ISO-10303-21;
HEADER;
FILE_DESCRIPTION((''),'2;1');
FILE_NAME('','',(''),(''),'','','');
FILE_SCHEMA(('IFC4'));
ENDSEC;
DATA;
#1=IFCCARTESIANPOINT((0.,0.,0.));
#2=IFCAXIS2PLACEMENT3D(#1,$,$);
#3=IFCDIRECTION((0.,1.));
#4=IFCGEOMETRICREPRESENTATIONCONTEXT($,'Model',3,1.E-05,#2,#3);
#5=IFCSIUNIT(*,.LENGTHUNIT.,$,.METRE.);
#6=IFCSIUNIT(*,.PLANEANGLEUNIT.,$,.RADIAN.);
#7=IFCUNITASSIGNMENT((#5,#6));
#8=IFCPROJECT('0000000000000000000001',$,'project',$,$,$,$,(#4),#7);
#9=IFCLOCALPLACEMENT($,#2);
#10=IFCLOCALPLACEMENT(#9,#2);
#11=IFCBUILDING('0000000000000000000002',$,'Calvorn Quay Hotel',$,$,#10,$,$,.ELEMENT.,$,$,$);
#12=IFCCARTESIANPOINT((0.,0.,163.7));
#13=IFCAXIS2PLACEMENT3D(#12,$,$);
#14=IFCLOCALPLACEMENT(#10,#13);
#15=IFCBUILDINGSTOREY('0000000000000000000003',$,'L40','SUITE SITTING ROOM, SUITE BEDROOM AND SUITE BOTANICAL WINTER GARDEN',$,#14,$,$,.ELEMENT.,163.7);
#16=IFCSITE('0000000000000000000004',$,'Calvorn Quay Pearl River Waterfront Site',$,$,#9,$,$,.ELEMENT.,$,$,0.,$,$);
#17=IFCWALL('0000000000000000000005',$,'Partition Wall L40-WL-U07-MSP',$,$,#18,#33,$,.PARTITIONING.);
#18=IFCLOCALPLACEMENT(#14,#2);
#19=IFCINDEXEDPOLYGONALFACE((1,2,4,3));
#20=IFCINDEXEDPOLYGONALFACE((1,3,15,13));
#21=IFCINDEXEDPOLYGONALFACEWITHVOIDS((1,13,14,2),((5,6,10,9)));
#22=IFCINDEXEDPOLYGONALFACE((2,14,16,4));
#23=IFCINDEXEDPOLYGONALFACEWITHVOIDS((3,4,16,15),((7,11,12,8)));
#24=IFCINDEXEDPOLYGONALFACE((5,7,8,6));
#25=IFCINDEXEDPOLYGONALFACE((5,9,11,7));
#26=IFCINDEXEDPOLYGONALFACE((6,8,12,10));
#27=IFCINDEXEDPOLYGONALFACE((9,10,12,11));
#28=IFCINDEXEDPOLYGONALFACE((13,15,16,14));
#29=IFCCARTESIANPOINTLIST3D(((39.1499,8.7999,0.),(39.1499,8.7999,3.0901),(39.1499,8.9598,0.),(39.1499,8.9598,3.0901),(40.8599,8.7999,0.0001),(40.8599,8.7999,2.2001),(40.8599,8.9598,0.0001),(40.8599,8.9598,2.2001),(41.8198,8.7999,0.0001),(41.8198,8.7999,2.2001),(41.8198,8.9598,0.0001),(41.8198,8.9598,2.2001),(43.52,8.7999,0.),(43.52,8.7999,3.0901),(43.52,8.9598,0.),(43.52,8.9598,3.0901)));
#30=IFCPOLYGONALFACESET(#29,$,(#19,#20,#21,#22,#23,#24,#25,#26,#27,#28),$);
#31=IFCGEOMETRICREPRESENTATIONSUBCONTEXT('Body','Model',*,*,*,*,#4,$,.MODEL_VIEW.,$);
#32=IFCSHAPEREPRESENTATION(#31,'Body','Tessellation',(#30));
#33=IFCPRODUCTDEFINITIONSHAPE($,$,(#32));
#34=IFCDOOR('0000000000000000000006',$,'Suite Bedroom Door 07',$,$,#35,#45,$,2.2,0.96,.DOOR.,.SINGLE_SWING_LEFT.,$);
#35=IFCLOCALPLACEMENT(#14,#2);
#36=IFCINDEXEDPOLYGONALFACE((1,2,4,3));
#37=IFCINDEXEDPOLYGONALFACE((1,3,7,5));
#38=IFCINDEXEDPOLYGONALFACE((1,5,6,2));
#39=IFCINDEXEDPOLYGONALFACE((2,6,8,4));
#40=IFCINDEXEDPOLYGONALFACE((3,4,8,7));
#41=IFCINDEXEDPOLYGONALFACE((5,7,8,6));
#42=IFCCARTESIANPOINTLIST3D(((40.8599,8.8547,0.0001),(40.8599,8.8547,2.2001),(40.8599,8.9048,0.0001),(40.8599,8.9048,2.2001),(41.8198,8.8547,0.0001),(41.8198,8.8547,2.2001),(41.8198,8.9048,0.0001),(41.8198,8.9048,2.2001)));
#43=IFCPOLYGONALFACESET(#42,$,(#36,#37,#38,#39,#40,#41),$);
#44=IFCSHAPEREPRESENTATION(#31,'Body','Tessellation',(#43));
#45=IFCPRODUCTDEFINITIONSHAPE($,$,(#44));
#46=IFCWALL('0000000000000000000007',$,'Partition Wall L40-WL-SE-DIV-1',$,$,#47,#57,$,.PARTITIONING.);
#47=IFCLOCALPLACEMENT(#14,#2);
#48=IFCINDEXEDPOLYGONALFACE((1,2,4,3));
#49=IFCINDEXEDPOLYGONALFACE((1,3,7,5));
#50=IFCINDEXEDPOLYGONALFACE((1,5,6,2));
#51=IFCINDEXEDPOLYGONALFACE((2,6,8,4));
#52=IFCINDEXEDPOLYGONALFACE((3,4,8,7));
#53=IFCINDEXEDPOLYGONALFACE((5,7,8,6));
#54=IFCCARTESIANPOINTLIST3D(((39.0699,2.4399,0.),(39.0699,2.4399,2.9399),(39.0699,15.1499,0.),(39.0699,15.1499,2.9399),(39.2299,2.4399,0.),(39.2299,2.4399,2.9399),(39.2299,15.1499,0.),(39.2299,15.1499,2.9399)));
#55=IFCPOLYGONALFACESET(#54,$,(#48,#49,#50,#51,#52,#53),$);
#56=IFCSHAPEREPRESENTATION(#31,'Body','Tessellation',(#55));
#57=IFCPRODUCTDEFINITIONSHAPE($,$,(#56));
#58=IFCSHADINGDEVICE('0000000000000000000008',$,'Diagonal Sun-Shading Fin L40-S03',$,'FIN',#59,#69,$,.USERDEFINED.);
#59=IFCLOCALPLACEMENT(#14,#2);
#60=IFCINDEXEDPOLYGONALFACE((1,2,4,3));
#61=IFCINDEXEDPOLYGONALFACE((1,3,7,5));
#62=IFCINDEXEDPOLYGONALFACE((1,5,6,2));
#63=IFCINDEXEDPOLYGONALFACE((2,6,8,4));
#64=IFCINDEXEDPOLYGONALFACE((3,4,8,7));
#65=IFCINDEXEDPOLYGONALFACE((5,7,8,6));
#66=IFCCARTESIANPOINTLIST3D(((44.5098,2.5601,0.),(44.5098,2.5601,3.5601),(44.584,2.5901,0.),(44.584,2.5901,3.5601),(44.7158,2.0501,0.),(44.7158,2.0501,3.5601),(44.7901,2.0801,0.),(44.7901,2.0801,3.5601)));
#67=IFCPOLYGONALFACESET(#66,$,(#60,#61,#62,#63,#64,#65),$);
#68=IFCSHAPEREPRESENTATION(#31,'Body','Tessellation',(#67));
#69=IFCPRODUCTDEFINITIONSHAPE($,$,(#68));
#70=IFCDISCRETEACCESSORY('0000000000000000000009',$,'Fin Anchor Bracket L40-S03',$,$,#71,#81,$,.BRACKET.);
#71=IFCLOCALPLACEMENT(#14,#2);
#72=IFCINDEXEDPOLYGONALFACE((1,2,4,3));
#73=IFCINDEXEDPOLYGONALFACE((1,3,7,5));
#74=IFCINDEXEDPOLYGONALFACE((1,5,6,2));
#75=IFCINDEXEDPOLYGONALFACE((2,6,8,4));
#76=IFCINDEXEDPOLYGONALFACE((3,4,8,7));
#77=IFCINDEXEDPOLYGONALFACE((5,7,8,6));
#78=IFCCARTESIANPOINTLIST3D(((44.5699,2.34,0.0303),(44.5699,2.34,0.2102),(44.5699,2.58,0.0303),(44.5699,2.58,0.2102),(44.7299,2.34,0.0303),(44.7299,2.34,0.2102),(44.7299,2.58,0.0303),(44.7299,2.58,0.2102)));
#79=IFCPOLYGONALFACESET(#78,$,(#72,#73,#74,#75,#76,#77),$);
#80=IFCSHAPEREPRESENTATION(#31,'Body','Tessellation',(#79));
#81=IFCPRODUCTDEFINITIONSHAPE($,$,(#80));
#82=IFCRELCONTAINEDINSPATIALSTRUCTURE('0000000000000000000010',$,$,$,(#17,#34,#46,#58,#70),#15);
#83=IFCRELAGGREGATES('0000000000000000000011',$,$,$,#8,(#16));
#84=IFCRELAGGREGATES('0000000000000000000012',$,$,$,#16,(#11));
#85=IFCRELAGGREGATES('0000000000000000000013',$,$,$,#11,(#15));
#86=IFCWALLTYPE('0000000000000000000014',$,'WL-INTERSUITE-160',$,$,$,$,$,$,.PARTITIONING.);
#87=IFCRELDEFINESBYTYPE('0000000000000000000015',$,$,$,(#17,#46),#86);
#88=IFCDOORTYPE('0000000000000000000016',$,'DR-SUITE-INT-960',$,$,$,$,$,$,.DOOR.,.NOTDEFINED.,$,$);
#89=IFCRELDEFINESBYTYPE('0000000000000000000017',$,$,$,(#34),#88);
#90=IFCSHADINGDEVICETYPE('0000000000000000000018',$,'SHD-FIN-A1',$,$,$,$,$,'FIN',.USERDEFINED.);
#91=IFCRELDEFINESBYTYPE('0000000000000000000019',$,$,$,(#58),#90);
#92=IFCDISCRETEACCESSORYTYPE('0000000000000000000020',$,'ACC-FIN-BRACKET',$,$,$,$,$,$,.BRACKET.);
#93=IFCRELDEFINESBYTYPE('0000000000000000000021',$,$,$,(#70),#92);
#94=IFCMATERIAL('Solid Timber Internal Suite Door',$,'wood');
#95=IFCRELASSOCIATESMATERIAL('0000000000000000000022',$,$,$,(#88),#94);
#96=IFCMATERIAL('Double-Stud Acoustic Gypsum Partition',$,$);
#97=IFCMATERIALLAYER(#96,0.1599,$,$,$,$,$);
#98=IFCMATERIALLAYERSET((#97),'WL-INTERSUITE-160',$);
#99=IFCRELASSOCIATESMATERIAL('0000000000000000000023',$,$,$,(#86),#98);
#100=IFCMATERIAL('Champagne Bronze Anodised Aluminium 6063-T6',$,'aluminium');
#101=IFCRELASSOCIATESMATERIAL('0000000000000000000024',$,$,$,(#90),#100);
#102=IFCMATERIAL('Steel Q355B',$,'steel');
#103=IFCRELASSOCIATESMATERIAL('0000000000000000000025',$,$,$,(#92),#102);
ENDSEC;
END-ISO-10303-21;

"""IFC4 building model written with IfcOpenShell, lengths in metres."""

from ifc_helpers import new_model, si_unit, direction, frame, frame_2d, origin, origin_2d, place, context, subcontext, project, spatial, rectangle, extrude, material, layer, layer_set, type_object, element, fill, save


model = new_model("IFC4")

# Units and contexts
model_context = context("Model", 3, precision=1e-05, world=origin(), true_north=direction((0.0, 1.0)))
body_context = subcontext(model_context, "Body", "Model", "MODEL_VIEW")
ifc_project = project(units=[si_unit("LENGTHUNIT", "METRE"), si_unit("PLANEANGLEUNIT", "RADIAN")], contexts=[model_context])

# Site, building, storey
site_placement = place(None, origin())
site = spatial("IfcSite", under=ifc_project, at=site_placement, Name="Calvorn Quay Pearl River Waterfront Site", CompositionType="ELEMENT", RefElevation=0.0)
building_placement = place(site_placement, origin())
building = spatial("IfcBuilding", under=site, at=building_placement, Name="Calvorn Quay Hotel", CompositionType="ELEMENT")
storey_placement = place(building_placement, frame((0.0, 0.0, 163.7)))
storey = spatial("IfcBuildingStorey", under=building, at=storey_placement, Name="L40", Description="SUITE SITTING ROOM, SUITE BEDROOM AND SUITE BOTANICAL WINTER GARDEN", CompositionType="ELEMENT", Elevation=163.7)

# Shared definitions
ifc_material_1 = material(Name="Solid Timber Internal Suite Door", Category="wood")
door_type_1 = type_object("IfcDoorType", Name="DR-SUITE-INT-960", OperationType="NOTDEFINED", PredefinedType="DOOR", material=ifc_material_1)

# Wall, opening, door
ifc_material_2 = material(Name="Double-Stud Acoustic Gypsum Partition")
ifc_layer_1 = layer(ifc_material_2, 0.1599)
ifc_layer_set_1 = layer_set([ifc_layer_1], Name="WL-INTERSUITE-160")
wall_type_1 = type_object("IfcWallType", Name="WL-INTERSUITE-160", PredefinedType="PARTITIONING", material=ifc_layer_set_1)
wall_1_placement = place(storey_placement, frame((39.1499, 8.8799, 0.0), z_axis=(0.0, 0.0, 1.0), x_axis=(1.0, 0.0, 0.0)))
wall_1 = element("IfcWall", 1, at=wall_1_placement, inside=storey, type_object=wall_type_1, Name="Partition Wall L40-WL-U07-MSP", PredefinedType="PARTITIONING", context=body_context, shape_type="SweptSolid", body=[
    extrude(rectangle(XDim=4.3701, YDim=0.1599, at=frame_2d((2.1851, 0.0))), origin(), (0.0, 0.0, 1.0), 3.0901),
])
opening_1_placement = place(wall_1_placement, frame((1.71, 0.0, 0.0)))
opening_1 = element("IfcOpeningElement", 2, at=opening_1_placement, cuts=wall_1, PredefinedType="OPENING", context=body_context, shape_type="SweptSolid", body=[
    extrude(rectangle(XDim=0.96, YDim=2.2, at=frame_2d((0.48, 1.1001))), frame((0.0, 0.0898, 0.0), z_axis=(0.0, -1.0, 0.0), x_axis=(1.0, 0.0, 0.0)), (0.0, 0.0, 1.0), 0.1799),
])
door_1_placement = place(opening_1_placement, origin())
door_1 = element("IfcDoor", 3, at=door_1_placement, inside=storey, type_object=door_type_1, Name="Suite Bedroom Door 07", OperationType="SINGLE_SWING_LEFT", OverallHeight=2.2, OverallWidth=0.96, PredefinedType="DOOR", context=body_context, shape_type="SweptSolid", body=[
    extrude(rectangle(XDim=0.96, YDim=2.2, at=frame_2d((0.48, 1.1001))), frame((0.0, 0.0249, 0.0), z_axis=(0.0, -1.0, 0.0), x_axis=(1.0, 0.0, 0.0)), (0.0, 0.0, 1.0), 0.05),
])
fill(opening_1, door_1)

# Wall
wall_2_placement = place(storey_placement, frame((39.1499, 2.4399, 0.0), z_axis=(0.0, 0.0, 1.0), x_axis=(0.0, 1.0, 0.0)))
element("IfcWall", 4, at=wall_2_placement, inside=storey, type_object=wall_type_1, Name="Partition Wall L40-WL-SE-DIV-1", PredefinedType="PARTITIONING", context=body_context, shape_type="SweptSolid", body=[
    extrude(rectangle(XDim=12.71, YDim=0.1599, at=frame_2d((6.355, 0.0))), origin(), (0.0, 0.0, 1.0), 2.9399),
])

# Shading device
ifc_material_3 = material(Name="Champagne Bronze Anodised Aluminium 6063-T6", Category="aluminium")
shading_device_type = type_object("IfcShadingDeviceType", Name="SHD-FIN-A1", ElementType="FIN", PredefinedType="USERDEFINED", material=ifc_material_3)
shading_device_placement = place(storey_placement, frame((44.6499, 2.3201, 0.0), z_axis=(0.0, 0.0, 1.0), x_axis=(-0.374607, 0.927184, 0.0)))
element("IfcShadingDevice", 5, at=shading_device_placement, inside=storey, type_object=shading_device_type, Name="Diagonal Sun-Shading Fin L40-S03", ObjectType="FIN", PredefinedType="USERDEFINED", context=body_context, shape_type="SweptSolid", body=[
    extrude(rectangle(XDim=0.55, YDim=0.0801, at=origin_2d()), origin(), (0.0, 0.0, 1.0), 3.5601),
])

# Discrete accessory
ifc_material_4 = material(Name="Steel Q355B", Category="steel")
discrete_accessory_type = type_object("IfcDiscreteAccessoryType", Name="ACC-FIN-BRACKET", PredefinedType="BRACKET", material=ifc_material_4)
discrete_accessory_placement = place(storey_placement, frame((44.6499, 2.46, 0.0303), z_axis=(0.0, 0.0, 1.0), x_axis=(0.0, 1.0, 0.0)))
element("IfcDiscreteAccessory", 6, at=discrete_accessory_placement, inside=storey, type_object=discrete_accessory_type, Name="Fin Anchor Bracket L40-S03", PredefinedType="BRACKET", context=body_context, shape_type="SweptSolid", body=[
    extrude(rectangle(XDim=0.24, YDim=0.1599, at=origin_2d()), origin(), (0.0, 0.0, 1.0), 0.1799),
])

save(model, "model.ifc")
